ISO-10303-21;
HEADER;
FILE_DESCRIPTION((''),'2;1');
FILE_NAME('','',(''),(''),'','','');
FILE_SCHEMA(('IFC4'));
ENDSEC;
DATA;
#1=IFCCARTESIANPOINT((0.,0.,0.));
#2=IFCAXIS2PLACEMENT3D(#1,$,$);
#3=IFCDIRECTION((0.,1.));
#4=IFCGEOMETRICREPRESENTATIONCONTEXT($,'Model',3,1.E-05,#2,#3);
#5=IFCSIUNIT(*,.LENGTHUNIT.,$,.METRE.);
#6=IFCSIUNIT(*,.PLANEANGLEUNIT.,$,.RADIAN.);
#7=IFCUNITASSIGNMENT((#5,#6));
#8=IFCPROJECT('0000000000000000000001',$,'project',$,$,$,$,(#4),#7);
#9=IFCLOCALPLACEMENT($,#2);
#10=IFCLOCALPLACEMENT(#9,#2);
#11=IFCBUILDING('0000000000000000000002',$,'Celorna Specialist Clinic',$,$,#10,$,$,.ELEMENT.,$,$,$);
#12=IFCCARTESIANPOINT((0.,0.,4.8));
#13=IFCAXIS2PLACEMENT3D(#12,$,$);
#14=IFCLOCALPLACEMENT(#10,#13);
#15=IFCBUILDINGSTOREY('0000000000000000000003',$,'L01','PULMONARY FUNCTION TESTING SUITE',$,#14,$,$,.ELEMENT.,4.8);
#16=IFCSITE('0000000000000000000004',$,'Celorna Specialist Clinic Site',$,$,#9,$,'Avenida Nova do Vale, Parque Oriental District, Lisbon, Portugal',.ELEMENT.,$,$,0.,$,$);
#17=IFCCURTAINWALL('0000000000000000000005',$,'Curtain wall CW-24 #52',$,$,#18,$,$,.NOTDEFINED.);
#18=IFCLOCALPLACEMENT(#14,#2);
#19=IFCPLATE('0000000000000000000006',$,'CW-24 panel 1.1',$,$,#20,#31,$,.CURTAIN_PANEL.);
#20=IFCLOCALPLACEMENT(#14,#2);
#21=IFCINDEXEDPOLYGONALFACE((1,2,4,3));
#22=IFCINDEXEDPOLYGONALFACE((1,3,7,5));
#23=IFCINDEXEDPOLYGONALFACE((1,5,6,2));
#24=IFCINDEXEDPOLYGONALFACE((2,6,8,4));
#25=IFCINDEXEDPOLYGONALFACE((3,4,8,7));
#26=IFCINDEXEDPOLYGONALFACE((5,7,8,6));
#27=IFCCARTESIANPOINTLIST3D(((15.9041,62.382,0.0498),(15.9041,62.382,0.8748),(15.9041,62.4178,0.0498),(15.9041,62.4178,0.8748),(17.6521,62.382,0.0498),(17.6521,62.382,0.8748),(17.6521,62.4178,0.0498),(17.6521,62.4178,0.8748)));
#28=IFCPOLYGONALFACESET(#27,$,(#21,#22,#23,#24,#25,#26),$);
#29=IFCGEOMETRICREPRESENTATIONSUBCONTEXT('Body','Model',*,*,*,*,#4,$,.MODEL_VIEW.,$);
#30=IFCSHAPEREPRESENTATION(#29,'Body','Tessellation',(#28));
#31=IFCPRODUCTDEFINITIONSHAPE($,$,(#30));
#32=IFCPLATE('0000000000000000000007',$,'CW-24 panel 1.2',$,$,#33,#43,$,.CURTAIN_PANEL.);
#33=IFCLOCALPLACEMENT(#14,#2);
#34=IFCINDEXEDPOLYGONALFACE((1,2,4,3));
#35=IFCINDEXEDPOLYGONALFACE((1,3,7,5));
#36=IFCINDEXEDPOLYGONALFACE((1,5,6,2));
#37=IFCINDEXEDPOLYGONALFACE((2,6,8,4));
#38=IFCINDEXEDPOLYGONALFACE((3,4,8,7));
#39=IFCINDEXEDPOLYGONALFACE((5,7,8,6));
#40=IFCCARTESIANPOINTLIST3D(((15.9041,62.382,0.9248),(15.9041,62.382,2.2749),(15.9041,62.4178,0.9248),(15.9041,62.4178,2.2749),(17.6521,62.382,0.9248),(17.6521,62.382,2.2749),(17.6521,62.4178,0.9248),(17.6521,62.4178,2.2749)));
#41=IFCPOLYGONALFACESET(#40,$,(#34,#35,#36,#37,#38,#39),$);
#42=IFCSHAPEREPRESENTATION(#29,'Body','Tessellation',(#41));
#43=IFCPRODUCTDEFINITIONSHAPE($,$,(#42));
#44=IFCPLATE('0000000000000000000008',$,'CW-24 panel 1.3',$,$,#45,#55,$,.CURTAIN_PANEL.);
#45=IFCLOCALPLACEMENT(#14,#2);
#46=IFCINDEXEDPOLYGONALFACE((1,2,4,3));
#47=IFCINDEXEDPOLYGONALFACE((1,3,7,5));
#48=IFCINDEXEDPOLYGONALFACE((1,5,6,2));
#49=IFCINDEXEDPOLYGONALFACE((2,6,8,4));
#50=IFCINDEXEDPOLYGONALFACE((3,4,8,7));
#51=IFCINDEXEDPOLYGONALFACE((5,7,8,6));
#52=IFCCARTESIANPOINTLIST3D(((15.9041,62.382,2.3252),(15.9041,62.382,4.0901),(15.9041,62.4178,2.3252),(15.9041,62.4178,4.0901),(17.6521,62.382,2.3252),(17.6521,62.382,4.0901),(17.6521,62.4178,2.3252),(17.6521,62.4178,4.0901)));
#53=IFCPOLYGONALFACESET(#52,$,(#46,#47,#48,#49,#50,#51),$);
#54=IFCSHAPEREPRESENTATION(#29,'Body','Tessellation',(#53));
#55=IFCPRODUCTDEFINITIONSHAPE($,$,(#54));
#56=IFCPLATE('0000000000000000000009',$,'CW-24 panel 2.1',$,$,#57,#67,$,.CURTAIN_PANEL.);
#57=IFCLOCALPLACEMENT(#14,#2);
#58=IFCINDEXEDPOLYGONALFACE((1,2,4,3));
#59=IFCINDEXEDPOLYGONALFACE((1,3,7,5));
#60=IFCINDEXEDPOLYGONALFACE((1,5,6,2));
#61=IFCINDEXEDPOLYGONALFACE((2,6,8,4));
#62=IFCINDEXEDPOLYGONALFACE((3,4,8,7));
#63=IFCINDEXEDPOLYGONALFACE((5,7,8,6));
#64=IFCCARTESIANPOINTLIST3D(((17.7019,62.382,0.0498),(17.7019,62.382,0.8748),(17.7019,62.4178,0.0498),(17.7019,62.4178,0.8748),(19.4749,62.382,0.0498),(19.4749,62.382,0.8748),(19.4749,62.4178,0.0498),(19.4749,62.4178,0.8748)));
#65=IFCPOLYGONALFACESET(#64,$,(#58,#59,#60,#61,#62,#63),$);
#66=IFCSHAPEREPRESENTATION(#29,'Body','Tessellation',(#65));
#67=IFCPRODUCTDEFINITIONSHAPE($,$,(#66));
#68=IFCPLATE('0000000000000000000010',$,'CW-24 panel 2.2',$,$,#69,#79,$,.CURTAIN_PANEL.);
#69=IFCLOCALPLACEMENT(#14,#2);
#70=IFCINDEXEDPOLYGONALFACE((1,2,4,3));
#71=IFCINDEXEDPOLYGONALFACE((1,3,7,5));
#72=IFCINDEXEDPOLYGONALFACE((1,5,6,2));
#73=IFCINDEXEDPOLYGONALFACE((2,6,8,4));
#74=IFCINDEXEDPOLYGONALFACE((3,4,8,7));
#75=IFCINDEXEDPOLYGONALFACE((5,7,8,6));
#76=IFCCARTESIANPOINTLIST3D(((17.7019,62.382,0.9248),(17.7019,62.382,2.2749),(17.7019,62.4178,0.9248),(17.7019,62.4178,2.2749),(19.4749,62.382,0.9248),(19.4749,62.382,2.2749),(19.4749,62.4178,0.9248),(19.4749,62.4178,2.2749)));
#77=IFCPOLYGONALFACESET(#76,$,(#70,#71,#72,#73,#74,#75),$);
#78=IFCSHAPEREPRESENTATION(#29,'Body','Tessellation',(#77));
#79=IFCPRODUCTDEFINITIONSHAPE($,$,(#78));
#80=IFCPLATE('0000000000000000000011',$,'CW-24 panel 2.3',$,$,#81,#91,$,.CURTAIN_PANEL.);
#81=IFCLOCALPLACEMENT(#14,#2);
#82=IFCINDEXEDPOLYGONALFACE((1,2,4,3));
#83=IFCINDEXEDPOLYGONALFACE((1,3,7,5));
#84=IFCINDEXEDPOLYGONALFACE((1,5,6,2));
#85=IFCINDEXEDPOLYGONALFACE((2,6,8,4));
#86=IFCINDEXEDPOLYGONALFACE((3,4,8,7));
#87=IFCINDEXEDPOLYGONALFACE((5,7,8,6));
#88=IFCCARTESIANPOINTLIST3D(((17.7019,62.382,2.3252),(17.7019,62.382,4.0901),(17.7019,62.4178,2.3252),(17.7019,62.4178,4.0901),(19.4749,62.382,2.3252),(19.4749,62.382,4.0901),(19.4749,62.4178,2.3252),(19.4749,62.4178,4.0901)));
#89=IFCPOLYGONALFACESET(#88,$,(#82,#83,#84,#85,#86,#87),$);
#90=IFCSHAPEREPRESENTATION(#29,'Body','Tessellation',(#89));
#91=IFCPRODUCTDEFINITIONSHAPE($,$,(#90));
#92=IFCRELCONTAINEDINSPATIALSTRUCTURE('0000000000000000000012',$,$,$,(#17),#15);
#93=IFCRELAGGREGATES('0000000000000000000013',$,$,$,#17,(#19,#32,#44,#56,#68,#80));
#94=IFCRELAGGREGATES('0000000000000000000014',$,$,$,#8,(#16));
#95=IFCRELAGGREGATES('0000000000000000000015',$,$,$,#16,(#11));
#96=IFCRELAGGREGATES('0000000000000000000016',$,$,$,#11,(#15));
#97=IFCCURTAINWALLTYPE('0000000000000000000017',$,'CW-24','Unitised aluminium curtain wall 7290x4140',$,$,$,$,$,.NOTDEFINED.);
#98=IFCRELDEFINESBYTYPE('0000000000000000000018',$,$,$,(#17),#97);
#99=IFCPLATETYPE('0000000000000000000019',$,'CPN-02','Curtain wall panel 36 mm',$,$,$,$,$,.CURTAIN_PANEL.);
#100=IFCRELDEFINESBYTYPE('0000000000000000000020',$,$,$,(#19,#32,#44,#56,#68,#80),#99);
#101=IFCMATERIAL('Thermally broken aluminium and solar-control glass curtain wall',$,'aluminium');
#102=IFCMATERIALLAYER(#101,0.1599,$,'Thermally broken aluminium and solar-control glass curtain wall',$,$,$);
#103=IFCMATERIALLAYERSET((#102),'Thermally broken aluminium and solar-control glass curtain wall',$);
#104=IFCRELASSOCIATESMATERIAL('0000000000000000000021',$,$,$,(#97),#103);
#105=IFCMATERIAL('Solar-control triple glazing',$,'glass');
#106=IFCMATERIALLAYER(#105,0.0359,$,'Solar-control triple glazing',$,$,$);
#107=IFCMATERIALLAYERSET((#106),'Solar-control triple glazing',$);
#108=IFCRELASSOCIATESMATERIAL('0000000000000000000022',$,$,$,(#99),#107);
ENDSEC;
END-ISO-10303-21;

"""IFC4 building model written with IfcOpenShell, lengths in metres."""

from ifc_helpers import new_model, si_unit, direction, frame, origin, origin_2d, place, context, subcontext, project, spatial, rectangle, extrude, material, layer, layer_set, type_object, element, aggregate, save


model = new_model("IFC4")

# Units and contexts
model_context = context("Model", 3, precision=1e-05, world=origin(), true_north=direction((0.0, 1.0)))
body_context = subcontext(model_context, "Body", "Model", "MODEL_VIEW")
ifc_project = project(units=[si_unit("LENGTHUNIT", "METRE"), si_unit("PLANEANGLEUNIT", "RADIAN")], contexts=[model_context])

# Site, building, storey
site_placement = place(None, origin())
site = spatial("IfcSite", under=ifc_project, at=site_placement, Name="Celorna Specialist Clinic Site", LongName="Avenida Nova do Vale, Parque Oriental District, Lisbon, Portugal", CompositionType="ELEMENT", RefElevation=0.0)
building_placement = place(site_placement, origin())
building = spatial("IfcBuilding", under=site, at=building_placement, Name="Celorna Specialist Clinic", CompositionType="ELEMENT")
storey_placement = place(building_placement, frame((0.0, 0.0, 4.8)))
storey = spatial("IfcBuildingStorey", under=building, at=storey_placement, Name="L01", Description="PULMONARY FUNCTION TESTING SUITE", CompositionType="ELEMENT", Elevation=4.8)

# Curtain wall, plates
ifc_material_1 = material(Name="Thermally broken aluminium and solar-control glass curtain wall", Category="aluminium")
ifc_layer_1 = layer(ifc_material_1, 0.1599, Name="Thermally broken aluminium and solar-control glass curtain wall")
ifc_layer_set_1 = layer_set([ifc_layer_1], Name="Thermally broken aluminium and solar-control glass curtain wall")
curtain_wall_type = type_object("IfcCurtainWallType", Name="CW-24", Description="Unitised aluminium curtain wall 7290x4140", PredefinedType="NOTDEFINED", material=ifc_layer_set_1)
curtain_wall_placement = place(storey_placement, origin())
curtain_wall = element("IfcCurtainWall", 1, at=curtain_wall_placement, inside=storey, type_object=curtain_wall_type, Name="Curtain wall CW-24 #52", PredefinedType="NOTDEFINED")
ifc_material_2 = material(Name="Solar-control triple glazing", Category="glass")
ifc_layer_2 = layer(ifc_material_2, 0.0359, Name="Solar-control triple glazing")
ifc_layer_set_2 = layer_set([ifc_layer_2], Name="Solar-control triple glazing")
plate_type = type_object("IfcPlateType", Name="CPN-02", Description="Curtain wall panel 36 mm", PredefinedType="CURTAIN_PANEL", material=ifc_layer_set_2)
plate_1_placement = place(storey_placement, frame((16.7781, 62.3999, 0.0498), z_axis=(0.0, 0.0, 1.0), x_axis=(1.0, 0.0, 0.0)))
plate_1 = element("IfcPlate", 2, at=plate_1_placement, type_object=plate_type, Name="CW-24 panel 1.1", PredefinedType="CURTAIN_PANEL", context=body_context, shape_type="SweptSolid", body=[
    extrude(rectangle(XDim=1.748, YDim=0.0359, at=origin_2d()), origin(), (0.0, 0.0, 1.0), 0.825),
])
plate_2_placement = place(storey_placement, frame((16.7781, 62.3999, 0.9248), z_axis=(0.0, 0.0, 1.0), x_axis=(1.0, 0.0, 0.0)))
plate_2 = element("IfcPlate", 3, at=plate_2_placement, type_object=plate_type, Name="CW-24 panel 1.2", PredefinedType="CURTAIN_PANEL", context=body_context, shape_type="SweptSolid", body=[
    extrude(rectangle(XDim=1.748, YDim=0.0359, at=origin_2d()), origin(), (0.0, 0.0, 1.0), 1.3501),
])
plate_3_placement = place(storey_placement, frame((16.7781, 62.3999, 2.3252), z_axis=(0.0, 0.0, 1.0), x_axis=(1.0, 0.0, 0.0)))
plate_3 = element("IfcPlate", 4, at=plate_3_placement, type_object=plate_type, Name="CW-24 panel 1.3", PredefinedType="CURTAIN_PANEL", context=body_context, shape_type="SweptSolid", body=[
    extrude(rectangle(XDim=1.748, YDim=0.0359, at=origin_2d()), origin(), (0.0, 0.0, 1.0), 1.7649),
])
plate_4_placement = place(storey_placement, frame((18.5884, 62.3999, 0.0498), z_axis=(0.0, 0.0, 1.0), x_axis=(1.0, 0.0, 0.0)))
plate_4 = element("IfcPlate", 5, at=plate_4_placement, type_object=plate_type, Name="CW-24 panel 2.1", PredefinedType="CURTAIN_PANEL", context=body_context, shape_type="SweptSolid", body=[
    extrude(rectangle(XDim=1.7729, YDim=0.0359, at=origin_2d()), origin(), (0.0, 0.0, 1.0), 0.825),
])
plate_5_placement = place(storey_placement, frame((18.5884, 62.3999, 0.9248), z_axis=(0.0, 0.0, 1.0), x_axis=(1.0, 0.0, 0.0)))
plate_5 = element("IfcPlate", 6, at=plate_5_placement, type_object=plate_type, Name="CW-24 panel 2.2", PredefinedType="CURTAIN_PANEL", context=body_context, shape_type="SweptSolid", body=[
    extrude(rectangle(XDim=1.7729, YDim=0.0359, at=origin_2d()), origin(), (0.0, 0.0, 1.0), 1.3501),
])
plate_6_placement = place(storey_placement, frame((18.5884, 62.3999, 2.3252), z_axis=(0.0, 0.0, 1.0), x_axis=(1.0, 0.0, 0.0)))
plate_6 = element("IfcPlate", 7, at=plate_6_placement, type_object=plate_type, Name="CW-24 panel 2.3", PredefinedType="CURTAIN_PANEL", context=body_context, shape_type="SweptSolid", body=[
    extrude(rectangle(XDim=1.7729, YDim=0.0359, at=origin_2d()), origin(), (0.0, 0.0, 1.0), 1.7649),
])
aggregate(curtain_wall, [plate_1, plate_2, plate_3, plate_4, plate_5, plate_6])

save(model, "model.ifc")
